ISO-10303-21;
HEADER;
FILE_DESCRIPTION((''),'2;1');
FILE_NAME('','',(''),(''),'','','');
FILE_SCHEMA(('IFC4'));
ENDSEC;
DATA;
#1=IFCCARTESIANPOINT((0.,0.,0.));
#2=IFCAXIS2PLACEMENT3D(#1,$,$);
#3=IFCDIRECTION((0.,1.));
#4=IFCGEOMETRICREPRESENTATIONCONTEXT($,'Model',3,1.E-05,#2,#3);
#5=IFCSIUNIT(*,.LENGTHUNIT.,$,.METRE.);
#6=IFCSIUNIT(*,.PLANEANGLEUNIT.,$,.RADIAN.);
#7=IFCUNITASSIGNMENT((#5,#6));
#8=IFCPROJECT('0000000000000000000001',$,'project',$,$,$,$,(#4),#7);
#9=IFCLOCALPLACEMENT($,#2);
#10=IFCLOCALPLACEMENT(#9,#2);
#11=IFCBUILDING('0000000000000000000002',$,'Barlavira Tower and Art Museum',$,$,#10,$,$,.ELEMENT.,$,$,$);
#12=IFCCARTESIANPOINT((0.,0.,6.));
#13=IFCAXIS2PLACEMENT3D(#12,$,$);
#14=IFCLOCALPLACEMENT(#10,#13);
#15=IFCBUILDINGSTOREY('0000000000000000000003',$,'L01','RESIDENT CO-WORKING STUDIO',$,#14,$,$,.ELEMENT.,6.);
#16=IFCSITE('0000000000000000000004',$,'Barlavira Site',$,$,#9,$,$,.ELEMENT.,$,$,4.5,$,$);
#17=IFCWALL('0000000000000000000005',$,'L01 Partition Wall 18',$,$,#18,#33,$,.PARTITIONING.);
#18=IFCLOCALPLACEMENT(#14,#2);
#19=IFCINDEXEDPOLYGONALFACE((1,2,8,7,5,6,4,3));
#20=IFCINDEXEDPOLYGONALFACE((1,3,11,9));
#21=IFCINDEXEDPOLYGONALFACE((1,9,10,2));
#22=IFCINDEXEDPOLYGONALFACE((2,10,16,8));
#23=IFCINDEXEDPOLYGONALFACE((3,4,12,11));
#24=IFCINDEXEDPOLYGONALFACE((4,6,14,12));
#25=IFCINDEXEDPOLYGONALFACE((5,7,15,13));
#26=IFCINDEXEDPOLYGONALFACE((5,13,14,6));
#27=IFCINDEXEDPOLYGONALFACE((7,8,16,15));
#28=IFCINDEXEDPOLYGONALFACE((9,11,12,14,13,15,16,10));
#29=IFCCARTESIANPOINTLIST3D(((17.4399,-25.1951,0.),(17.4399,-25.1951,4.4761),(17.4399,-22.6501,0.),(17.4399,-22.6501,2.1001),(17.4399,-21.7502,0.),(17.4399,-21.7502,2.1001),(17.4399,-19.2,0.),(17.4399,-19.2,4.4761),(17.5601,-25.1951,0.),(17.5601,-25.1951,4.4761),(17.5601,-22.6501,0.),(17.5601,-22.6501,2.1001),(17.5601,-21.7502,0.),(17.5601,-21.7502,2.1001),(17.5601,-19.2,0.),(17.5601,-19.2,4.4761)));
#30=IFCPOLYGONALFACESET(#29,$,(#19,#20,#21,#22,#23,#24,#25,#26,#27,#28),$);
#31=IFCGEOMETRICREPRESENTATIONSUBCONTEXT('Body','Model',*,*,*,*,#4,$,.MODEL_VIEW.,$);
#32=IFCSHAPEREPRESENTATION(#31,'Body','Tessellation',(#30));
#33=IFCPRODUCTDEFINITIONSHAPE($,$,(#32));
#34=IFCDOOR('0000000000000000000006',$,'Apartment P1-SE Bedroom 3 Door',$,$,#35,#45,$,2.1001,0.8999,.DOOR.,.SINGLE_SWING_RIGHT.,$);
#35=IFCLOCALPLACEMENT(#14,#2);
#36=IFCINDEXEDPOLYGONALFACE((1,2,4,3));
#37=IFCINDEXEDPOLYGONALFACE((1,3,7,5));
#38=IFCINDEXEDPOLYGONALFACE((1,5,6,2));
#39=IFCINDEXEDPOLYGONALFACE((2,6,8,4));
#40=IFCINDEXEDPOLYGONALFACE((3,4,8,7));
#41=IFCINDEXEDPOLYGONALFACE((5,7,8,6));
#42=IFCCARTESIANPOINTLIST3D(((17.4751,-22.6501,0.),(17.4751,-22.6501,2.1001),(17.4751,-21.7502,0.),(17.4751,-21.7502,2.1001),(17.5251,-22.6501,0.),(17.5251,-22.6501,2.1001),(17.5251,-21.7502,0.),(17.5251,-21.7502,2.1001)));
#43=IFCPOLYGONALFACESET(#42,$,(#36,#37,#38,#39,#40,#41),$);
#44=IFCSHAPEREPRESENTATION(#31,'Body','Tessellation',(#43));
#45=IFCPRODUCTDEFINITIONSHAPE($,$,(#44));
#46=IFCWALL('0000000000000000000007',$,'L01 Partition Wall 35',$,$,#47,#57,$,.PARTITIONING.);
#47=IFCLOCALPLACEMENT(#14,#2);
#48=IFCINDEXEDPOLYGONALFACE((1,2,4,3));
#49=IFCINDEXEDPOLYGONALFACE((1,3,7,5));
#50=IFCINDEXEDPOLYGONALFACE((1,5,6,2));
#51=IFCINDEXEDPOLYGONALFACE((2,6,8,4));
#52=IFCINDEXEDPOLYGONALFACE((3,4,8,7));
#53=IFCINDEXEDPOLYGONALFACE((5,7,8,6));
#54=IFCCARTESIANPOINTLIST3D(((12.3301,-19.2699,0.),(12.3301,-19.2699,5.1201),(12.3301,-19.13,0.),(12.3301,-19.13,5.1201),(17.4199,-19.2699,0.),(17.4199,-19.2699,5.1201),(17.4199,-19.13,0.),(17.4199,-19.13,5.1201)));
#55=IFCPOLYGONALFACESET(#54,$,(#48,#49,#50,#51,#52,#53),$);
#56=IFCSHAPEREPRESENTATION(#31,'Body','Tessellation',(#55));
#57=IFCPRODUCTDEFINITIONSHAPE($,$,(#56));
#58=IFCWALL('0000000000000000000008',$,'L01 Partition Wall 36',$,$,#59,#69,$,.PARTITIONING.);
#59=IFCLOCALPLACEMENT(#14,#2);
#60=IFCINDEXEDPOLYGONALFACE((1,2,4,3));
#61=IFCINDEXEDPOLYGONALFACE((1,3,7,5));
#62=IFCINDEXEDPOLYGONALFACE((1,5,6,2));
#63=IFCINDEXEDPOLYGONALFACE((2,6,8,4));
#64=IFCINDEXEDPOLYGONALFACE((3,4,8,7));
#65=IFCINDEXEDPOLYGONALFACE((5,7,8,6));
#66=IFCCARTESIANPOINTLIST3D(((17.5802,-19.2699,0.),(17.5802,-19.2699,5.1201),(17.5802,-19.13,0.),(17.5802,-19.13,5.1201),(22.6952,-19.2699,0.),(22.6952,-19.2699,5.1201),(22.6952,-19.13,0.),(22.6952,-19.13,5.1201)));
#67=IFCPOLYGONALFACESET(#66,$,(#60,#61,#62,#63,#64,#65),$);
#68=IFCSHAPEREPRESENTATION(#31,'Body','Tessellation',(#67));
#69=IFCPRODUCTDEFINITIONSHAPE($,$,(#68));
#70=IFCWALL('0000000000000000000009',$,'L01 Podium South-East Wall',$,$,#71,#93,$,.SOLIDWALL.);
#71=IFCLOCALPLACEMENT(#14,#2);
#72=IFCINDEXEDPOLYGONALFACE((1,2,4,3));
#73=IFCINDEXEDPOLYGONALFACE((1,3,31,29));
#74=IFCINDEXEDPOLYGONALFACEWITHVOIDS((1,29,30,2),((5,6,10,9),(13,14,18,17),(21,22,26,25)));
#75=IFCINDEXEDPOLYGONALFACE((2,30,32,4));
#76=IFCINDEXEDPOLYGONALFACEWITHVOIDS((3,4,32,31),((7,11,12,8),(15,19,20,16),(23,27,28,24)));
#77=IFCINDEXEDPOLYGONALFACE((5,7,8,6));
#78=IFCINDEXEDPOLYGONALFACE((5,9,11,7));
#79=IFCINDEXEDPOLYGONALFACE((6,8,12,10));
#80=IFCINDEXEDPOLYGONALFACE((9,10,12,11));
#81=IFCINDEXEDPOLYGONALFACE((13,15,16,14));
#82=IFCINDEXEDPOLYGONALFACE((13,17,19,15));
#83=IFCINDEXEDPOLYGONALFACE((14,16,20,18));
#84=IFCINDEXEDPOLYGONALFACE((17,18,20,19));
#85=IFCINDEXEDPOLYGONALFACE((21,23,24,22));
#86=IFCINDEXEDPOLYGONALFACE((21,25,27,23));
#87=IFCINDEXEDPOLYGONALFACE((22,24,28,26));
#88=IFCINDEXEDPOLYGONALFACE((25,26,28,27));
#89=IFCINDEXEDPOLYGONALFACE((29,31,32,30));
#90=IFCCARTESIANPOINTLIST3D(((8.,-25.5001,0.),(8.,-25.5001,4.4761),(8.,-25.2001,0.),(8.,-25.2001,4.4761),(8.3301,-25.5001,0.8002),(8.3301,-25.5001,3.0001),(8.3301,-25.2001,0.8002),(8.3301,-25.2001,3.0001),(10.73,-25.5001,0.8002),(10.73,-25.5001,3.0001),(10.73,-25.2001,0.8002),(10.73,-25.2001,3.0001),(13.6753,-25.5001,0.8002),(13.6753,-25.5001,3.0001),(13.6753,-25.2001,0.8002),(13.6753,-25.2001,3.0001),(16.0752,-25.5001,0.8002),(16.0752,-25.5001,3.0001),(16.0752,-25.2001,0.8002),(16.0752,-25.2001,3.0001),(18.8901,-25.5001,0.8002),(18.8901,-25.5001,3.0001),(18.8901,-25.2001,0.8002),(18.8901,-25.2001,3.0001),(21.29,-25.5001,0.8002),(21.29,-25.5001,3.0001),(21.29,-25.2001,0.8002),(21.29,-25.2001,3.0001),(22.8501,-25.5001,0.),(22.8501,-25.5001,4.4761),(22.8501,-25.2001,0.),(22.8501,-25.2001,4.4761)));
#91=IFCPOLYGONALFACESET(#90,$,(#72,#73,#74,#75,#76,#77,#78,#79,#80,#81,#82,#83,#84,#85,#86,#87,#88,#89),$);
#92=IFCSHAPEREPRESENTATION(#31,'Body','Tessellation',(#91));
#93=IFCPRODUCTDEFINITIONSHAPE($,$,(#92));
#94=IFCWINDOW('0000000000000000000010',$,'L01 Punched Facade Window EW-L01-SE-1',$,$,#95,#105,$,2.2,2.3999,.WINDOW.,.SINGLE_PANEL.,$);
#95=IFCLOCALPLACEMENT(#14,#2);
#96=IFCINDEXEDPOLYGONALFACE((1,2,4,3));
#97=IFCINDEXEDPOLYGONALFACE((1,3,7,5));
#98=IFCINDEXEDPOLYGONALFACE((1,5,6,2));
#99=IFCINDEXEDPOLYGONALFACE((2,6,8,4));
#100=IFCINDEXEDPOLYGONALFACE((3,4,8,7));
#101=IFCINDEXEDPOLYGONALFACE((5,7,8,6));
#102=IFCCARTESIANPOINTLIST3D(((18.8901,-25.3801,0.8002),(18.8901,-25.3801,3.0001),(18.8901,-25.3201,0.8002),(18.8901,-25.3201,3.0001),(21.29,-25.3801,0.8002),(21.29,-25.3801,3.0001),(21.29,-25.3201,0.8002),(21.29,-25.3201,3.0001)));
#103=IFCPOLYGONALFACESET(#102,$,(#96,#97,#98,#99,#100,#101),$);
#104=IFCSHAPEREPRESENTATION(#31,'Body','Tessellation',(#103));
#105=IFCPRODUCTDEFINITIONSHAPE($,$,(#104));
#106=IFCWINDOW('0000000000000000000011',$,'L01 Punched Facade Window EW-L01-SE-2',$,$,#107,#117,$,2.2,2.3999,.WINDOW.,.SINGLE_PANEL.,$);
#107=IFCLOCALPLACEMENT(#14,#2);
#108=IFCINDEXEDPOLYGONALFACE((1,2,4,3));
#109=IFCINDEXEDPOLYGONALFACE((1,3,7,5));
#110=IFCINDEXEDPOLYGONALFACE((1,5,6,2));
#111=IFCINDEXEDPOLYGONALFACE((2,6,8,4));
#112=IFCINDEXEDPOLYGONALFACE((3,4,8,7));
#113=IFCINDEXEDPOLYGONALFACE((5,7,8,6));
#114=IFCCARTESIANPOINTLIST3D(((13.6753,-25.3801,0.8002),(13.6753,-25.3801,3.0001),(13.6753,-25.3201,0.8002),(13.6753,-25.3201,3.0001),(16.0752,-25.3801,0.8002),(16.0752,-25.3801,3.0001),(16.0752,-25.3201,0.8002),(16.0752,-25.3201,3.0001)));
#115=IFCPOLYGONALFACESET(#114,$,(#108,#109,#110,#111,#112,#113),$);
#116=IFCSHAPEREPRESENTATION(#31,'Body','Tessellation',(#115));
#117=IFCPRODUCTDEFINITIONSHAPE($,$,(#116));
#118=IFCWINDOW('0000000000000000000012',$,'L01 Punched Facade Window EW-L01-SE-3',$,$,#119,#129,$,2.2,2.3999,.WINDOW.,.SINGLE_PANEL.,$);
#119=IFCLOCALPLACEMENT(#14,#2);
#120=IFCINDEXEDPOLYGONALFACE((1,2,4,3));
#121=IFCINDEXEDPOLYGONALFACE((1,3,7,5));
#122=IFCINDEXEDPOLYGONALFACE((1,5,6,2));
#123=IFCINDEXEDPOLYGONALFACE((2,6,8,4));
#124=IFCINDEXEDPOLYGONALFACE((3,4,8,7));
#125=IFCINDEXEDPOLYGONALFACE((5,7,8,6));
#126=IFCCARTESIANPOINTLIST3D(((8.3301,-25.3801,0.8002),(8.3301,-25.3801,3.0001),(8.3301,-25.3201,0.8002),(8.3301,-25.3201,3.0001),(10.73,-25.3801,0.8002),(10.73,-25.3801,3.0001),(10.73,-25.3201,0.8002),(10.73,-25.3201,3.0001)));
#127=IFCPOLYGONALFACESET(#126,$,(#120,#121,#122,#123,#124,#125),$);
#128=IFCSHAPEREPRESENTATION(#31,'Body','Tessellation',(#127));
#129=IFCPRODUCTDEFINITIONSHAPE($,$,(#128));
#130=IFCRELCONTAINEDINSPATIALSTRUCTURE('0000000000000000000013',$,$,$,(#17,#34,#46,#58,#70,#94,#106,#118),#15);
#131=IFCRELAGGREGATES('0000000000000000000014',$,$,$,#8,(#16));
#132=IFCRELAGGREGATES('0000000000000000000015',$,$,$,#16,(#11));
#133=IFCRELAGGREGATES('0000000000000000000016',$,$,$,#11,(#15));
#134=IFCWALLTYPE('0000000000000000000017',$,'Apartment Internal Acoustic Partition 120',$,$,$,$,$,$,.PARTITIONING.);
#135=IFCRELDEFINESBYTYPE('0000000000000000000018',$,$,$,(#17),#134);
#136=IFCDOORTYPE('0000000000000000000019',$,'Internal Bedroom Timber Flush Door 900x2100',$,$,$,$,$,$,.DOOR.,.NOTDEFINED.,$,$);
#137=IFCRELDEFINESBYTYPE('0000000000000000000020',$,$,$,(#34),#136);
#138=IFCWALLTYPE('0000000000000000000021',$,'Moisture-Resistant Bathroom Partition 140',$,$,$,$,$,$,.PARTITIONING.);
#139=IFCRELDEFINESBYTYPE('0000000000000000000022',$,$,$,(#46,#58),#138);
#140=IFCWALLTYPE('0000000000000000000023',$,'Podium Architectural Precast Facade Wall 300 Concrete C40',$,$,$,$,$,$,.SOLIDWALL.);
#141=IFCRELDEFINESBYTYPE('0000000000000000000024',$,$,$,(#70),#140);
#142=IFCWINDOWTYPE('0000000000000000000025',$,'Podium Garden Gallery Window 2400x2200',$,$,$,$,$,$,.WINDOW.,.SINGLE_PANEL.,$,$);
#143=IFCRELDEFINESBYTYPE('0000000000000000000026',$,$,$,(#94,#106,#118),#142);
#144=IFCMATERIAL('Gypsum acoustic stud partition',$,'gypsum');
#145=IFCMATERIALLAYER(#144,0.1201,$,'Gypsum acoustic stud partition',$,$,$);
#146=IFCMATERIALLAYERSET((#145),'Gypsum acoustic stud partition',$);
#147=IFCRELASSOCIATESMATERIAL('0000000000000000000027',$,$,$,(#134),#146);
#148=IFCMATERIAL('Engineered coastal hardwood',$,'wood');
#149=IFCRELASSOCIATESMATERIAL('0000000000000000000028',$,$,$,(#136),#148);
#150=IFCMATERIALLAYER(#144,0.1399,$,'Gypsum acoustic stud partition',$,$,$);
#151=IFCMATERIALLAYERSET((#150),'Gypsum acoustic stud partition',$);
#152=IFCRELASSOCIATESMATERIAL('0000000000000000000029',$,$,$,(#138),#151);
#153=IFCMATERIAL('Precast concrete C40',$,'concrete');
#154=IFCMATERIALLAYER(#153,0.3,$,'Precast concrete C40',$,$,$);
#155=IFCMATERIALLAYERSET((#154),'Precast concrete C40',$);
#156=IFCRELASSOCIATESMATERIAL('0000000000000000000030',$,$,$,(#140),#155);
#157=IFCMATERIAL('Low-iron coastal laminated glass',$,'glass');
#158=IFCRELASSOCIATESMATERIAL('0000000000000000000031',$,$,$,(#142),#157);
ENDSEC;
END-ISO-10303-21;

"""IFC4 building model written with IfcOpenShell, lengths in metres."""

from ifc_helpers import new_model, si_unit, direction, frame, frame_2d, origin, place, context, subcontext, project, spatial, rectangle, extrude, material, layer, layer_set, type_object, element, fill, save


model = new_model("IFC4")

# Units and contexts
model_context = context("Model", 3, precision=1e-05, world=origin(), true_north=direction((0.0, 1.0)))
body_context = subcontext(model_context, "Body", "Model", "MODEL_VIEW")
ifc_project = project(units=[si_unit("LENGTHUNIT", "METRE"), si_unit("PLANEANGLEUNIT", "RADIAN")], contexts=[model_context])

# Site, building, storey
site_placement = place(None, origin())
site = spatial("IfcSite", under=ifc_project, at=site_placement, Name="Barlavira Site", CompositionType="ELEMENT", RefElevation=4.5)
building_placement = place(site_placement, origin())
building = spatial("IfcBuilding", under=site, at=building_placement, Name="Barlavira Tower and Art Museum", CompositionType="ELEMENT")
storey_placement = place(building_placement, frame((0.0, 0.0, 6.0)))
storey = spatial("IfcBuildingStorey", under=building, at=storey_placement, Name="L01", Description="RESIDENT CO-WORKING STUDIO", CompositionType="ELEMENT", Elevation=6.0)

# Wall, opening, door
ifc_material_1 = material(Name="Gypsum acoustic stud partition", Category="gypsum")
ifc_layer_1 = layer(ifc_material_1, 0.1201, Name="Gypsum acoustic stud partition")
ifc_layer_set_1 = layer_set([ifc_layer_1], Name="Gypsum acoustic stud partition")
wall_type_1 = type_object("IfcWallType", Name="Apartment Internal Acoustic Partition 120", PredefinedType="PARTITIONING", material=ifc_layer_set_1)
ifc_material_2 = material(Name="Engineered coastal hardwood", Category="wood")
door_type = type_object("IfcDoorType", Name="Internal Bedroom Timber Flush Door 900x2100", OperationType="NOTDEFINED", PredefinedType="DOOR", material=ifc_material_2)
wall_1_placement = place(storey_placement, frame((17.5, -25.1951, 0.0), z_axis=(0.0, 0.0, 1.0), x_axis=(0.0, 1.0, 0.0)))
wall_1 = element("IfcWall", 1, at=wall_1_placement, inside=storey, type_object=wall_type_1, Name="L01 Partition Wall 18", PredefinedType="PARTITIONING", context=body_context, shape_type="SweptSolid", body=[
    extrude(rectangle(XDim=5.9951, YDim=0.1201, at=frame_2d((2.9976, 0.0))), origin(), (0.0, 0.0, 1.0), 4.4761),
])
opening_1_placement = place(wall_1_placement, frame((2.5449, 0.0, 0.0)))
opening_1 = element("IfcOpeningElement", 2, at=opening_1_placement, cuts=wall_1, PredefinedType="OPENING", context=body_context, shape_type="SweptSolid", body=[
    extrude(rectangle(XDim=0.8999, YDim=2.1001, at=frame_2d((0.45, 1.05))), frame((0.0, 0.0701, 0.0), z_axis=(0.0, -1.0, 0.0), x_axis=(1.0, 0.0, 0.0)), (0.0, 0.0, 1.0), 0.1401),
])
door_1_placement = place(opening_1_placement, origin())
door_1 = element("IfcDoor", 3, at=door_1_placement, inside=storey, type_object=door_type, Name="Apartment P1-SE Bedroom 3 Door", OperationType="SINGLE_SWING_RIGHT", OverallHeight=2.1001, OverallWidth=0.8999, PredefinedType="DOOR", context=body_context, shape_type="SweptSolid", body=[
    extrude(rectangle(XDim=0.8999, YDim=2.1001, at=frame_2d((0.45, 1.05))), frame((0.0, 0.0249, 0.0), z_axis=(0.0, -1.0, 0.0), x_axis=(1.0, 0.0, 0.0)), (0.0, 0.0, 1.0), 0.05),
])
fill(opening_1, door_1)

# Walls
ifc_layer_2 = layer(ifc_material_1, 0.1399, Name="Gypsum acoustic stud partition")
ifc_layer_set_2 = layer_set([ifc_layer_2], Name="Gypsum acoustic stud partition")
wall_type_2 = type_object("IfcWallType", Name="Moisture-Resistant Bathroom Partition 140", PredefinedType="PARTITIONING", material=ifc_layer_set_2)
wall_2_placement = place(storey_placement, frame((12.3301, -19.2, 0.0), z_axis=(0.0, 0.0, 1.0), x_axis=(1.0, 0.0, 0.0)))
element("IfcWall", 4, at=wall_2_placement, inside=storey, type_object=wall_type_2, Name="L01 Partition Wall 35", PredefinedType="PARTITIONING", context=body_context, shape_type="SweptSolid", body=[
    extrude(rectangle(XDim=5.0898, YDim=0.1399, at=frame_2d((2.5449, 0.0))), origin(), (0.0, 0.0, 1.0), 5.1201),
])
wall_3_placement = place(storey_placement, frame((17.5801, -19.2, 0.0), z_axis=(0.0, 0.0, 1.0), x_axis=(1.0, 0.0, 0.0)))
element("IfcWall", 5, at=wall_3_placement, inside=storey, type_object=wall_type_2, Name="L01 Partition Wall 36", PredefinedType="PARTITIONING", context=body_context, shape_type="SweptSolid", body=[
    extrude(rectangle(XDim=5.115, YDim=0.1399, at=frame_2d((2.5576, 0.0))), origin(), (0.0, 0.0, 1.0), 5.1201),
])

# Wall, openings, windows
ifc_material_3 = material(Name="Precast concrete C40", Category="concrete")
ifc_layer_3 = layer(ifc_material_3, 0.3, Name="Precast concrete C40")
ifc_layer_set_3 = layer_set([ifc_layer_3], Name="Precast concrete C40")
wall_type_3 = type_object("IfcWallType", Name="Podium Architectural Precast Facade Wall 300 Concrete C40", PredefinedType="SOLIDWALL", material=ifc_layer_set_3)
wall_4_placement = place(storey_placement, frame((22.8501, -25.3501, 0.0), z_axis=(0.0, 0.0, 1.0), x_axis=(-1.0, 0.0, 0.0)))
wall_4 = element("IfcWall", 6, at=wall_4_placement, inside=storey, type_object=wall_type_3, Name="L01 Podium South-East Wall", PredefinedType="SOLIDWALL", context=body_context, shape_type="SweptSolid", body=[
    extrude(rectangle(XDim=14.8501, YDim=0.3, at=frame_2d((7.425, 0.0))), origin(), (0.0, 0.0, 1.0), 4.4761),
])
opening_2_placement = place(wall_4_placement, frame((1.5601, 0.0, 0.8)))
opening_2 = element("IfcOpeningElement", 7, at=opening_2_placement, cuts=wall_4, PredefinedType="OPENING", context=body_context, shape_type="SweptSolid", body=[
    extrude(rectangle(XDim=2.3999, YDim=2.2, at=frame_2d((1.2, 1.1001))), frame((0.0, 0.1602, 0.0), z_axis=(0.0, -1.0, 0.0), x_axis=(1.0, 0.0, 0.0)), (0.0, 0.0, 1.0), 0.3201),
])
opening_3_placement = place(wall_4_placement, frame((6.7749, 0.0, 0.8)))
opening_3 = element("IfcOpeningElement", 8, at=opening_3_placement, cuts=wall_4, PredefinedType="OPENING", context=body_context, shape_type="SweptSolid", body=[
    extrude(rectangle(XDim=2.3999, YDim=2.2, at=frame_2d((1.2, 1.1001))), frame((0.0, 0.1602, 0.0), z_axis=(0.0, -1.0, 0.0), x_axis=(1.0, 0.0, 0.0)), (0.0, 0.0, 1.0), 0.3201),
])
opening_4_placement = place(wall_4_placement, frame((12.1201, 0.0, 0.8)))
opening_4 = element("IfcOpeningElement", 9, at=opening_4_placement, cuts=wall_4, PredefinedType="OPENING", context=body_context, shape_type="SweptSolid", body=[
    extrude(rectangle(XDim=2.3999, YDim=2.2, at=frame_2d((1.2, 1.1001))), frame((0.0, 0.1602, 0.0), z_axis=(0.0, -1.0, 0.0), x_axis=(1.0, 0.0, 0.0)), (0.0, 0.0, 1.0), 0.3201),
])
ifc_material_4 = material(Name="Low-iron coastal laminated glass", Category="glass")
window_type = type_object("IfcWindowType", Name="Podium Garden Gallery Window 2400x2200", PartitioningType="SINGLE_PANEL", PredefinedType="WINDOW", material=ifc_material_4)
window_1_placement = place(opening_2_placement, origin())
window_1 = element("IfcWindow", 10, at=window_1_placement, inside=storey, type_object=window_type, Name="L01 Punched Facade Window EW-L01-SE-1", OverallHeight=2.2, OverallWidth=2.3999, PartitioningType="SINGLE_PANEL", PredefinedType="WINDOW", context=body_context, shape_type="SweptSolid", body=[
    extrude(rectangle(XDim=2.3999, YDim=2.2, at=frame_2d((1.2, 1.1001))), frame((0.0, 0.03, 0.0), z_axis=(0.0, -1.0, 0.0), x_axis=(1.0, 0.0, 0.0)), (0.0, 0.0, 1.0), 0.0601),
])
fill(opening_2, window_1)
window_2_placement = place(opening_3_placement, origin())
window_2 = element("IfcWindow", 11, at=window_2_placement, inside=storey, type_object=window_type, Name="L01 Punched Facade Window EW-L01-SE-2", OverallHeight=2.2, OverallWidth=2.3999, PartitioningType="SINGLE_PANEL", PredefinedType="WINDOW", context=body_context, shape_type="SweptSolid", body=[
    extrude(rectangle(XDim=2.3999, YDim=2.2, at=frame_2d((1.2, 1.1001))), frame((0.0, 0.03, 0.0), z_axis=(0.0, -1.0, 0.0), x_axis=(1.0, 0.0, 0.0)), (0.0, 0.0, 1.0), 0.0601),
])
fill(opening_3, window_2)
window_3_placement = place(opening_4_placement, origin())
window_3 = element("IfcWindow", 12, at=window_3_placement, inside=storey, type_object=window_type, Name="L01 Punched Facade Window EW-L01-SE-3", OverallHeight=2.2, OverallWidth=2.3999, PartitioningType="SINGLE_PANEL", PredefinedType="WINDOW", context=body_context, shape_type="SweptSolid", body=[
    extrude(rectangle(XDim=2.3999, YDim=2.2, at=frame_2d((1.2, 1.1001))), frame((0.0, 0.03, 0.0), z_axis=(0.0, -1.0, 0.0), x_axis=(1.0, 0.0, 0.0)), (0.0, 0.0, 1.0), 0.0601),
])
fill(opening_4, window_3)

save(model, "model.ifc")
